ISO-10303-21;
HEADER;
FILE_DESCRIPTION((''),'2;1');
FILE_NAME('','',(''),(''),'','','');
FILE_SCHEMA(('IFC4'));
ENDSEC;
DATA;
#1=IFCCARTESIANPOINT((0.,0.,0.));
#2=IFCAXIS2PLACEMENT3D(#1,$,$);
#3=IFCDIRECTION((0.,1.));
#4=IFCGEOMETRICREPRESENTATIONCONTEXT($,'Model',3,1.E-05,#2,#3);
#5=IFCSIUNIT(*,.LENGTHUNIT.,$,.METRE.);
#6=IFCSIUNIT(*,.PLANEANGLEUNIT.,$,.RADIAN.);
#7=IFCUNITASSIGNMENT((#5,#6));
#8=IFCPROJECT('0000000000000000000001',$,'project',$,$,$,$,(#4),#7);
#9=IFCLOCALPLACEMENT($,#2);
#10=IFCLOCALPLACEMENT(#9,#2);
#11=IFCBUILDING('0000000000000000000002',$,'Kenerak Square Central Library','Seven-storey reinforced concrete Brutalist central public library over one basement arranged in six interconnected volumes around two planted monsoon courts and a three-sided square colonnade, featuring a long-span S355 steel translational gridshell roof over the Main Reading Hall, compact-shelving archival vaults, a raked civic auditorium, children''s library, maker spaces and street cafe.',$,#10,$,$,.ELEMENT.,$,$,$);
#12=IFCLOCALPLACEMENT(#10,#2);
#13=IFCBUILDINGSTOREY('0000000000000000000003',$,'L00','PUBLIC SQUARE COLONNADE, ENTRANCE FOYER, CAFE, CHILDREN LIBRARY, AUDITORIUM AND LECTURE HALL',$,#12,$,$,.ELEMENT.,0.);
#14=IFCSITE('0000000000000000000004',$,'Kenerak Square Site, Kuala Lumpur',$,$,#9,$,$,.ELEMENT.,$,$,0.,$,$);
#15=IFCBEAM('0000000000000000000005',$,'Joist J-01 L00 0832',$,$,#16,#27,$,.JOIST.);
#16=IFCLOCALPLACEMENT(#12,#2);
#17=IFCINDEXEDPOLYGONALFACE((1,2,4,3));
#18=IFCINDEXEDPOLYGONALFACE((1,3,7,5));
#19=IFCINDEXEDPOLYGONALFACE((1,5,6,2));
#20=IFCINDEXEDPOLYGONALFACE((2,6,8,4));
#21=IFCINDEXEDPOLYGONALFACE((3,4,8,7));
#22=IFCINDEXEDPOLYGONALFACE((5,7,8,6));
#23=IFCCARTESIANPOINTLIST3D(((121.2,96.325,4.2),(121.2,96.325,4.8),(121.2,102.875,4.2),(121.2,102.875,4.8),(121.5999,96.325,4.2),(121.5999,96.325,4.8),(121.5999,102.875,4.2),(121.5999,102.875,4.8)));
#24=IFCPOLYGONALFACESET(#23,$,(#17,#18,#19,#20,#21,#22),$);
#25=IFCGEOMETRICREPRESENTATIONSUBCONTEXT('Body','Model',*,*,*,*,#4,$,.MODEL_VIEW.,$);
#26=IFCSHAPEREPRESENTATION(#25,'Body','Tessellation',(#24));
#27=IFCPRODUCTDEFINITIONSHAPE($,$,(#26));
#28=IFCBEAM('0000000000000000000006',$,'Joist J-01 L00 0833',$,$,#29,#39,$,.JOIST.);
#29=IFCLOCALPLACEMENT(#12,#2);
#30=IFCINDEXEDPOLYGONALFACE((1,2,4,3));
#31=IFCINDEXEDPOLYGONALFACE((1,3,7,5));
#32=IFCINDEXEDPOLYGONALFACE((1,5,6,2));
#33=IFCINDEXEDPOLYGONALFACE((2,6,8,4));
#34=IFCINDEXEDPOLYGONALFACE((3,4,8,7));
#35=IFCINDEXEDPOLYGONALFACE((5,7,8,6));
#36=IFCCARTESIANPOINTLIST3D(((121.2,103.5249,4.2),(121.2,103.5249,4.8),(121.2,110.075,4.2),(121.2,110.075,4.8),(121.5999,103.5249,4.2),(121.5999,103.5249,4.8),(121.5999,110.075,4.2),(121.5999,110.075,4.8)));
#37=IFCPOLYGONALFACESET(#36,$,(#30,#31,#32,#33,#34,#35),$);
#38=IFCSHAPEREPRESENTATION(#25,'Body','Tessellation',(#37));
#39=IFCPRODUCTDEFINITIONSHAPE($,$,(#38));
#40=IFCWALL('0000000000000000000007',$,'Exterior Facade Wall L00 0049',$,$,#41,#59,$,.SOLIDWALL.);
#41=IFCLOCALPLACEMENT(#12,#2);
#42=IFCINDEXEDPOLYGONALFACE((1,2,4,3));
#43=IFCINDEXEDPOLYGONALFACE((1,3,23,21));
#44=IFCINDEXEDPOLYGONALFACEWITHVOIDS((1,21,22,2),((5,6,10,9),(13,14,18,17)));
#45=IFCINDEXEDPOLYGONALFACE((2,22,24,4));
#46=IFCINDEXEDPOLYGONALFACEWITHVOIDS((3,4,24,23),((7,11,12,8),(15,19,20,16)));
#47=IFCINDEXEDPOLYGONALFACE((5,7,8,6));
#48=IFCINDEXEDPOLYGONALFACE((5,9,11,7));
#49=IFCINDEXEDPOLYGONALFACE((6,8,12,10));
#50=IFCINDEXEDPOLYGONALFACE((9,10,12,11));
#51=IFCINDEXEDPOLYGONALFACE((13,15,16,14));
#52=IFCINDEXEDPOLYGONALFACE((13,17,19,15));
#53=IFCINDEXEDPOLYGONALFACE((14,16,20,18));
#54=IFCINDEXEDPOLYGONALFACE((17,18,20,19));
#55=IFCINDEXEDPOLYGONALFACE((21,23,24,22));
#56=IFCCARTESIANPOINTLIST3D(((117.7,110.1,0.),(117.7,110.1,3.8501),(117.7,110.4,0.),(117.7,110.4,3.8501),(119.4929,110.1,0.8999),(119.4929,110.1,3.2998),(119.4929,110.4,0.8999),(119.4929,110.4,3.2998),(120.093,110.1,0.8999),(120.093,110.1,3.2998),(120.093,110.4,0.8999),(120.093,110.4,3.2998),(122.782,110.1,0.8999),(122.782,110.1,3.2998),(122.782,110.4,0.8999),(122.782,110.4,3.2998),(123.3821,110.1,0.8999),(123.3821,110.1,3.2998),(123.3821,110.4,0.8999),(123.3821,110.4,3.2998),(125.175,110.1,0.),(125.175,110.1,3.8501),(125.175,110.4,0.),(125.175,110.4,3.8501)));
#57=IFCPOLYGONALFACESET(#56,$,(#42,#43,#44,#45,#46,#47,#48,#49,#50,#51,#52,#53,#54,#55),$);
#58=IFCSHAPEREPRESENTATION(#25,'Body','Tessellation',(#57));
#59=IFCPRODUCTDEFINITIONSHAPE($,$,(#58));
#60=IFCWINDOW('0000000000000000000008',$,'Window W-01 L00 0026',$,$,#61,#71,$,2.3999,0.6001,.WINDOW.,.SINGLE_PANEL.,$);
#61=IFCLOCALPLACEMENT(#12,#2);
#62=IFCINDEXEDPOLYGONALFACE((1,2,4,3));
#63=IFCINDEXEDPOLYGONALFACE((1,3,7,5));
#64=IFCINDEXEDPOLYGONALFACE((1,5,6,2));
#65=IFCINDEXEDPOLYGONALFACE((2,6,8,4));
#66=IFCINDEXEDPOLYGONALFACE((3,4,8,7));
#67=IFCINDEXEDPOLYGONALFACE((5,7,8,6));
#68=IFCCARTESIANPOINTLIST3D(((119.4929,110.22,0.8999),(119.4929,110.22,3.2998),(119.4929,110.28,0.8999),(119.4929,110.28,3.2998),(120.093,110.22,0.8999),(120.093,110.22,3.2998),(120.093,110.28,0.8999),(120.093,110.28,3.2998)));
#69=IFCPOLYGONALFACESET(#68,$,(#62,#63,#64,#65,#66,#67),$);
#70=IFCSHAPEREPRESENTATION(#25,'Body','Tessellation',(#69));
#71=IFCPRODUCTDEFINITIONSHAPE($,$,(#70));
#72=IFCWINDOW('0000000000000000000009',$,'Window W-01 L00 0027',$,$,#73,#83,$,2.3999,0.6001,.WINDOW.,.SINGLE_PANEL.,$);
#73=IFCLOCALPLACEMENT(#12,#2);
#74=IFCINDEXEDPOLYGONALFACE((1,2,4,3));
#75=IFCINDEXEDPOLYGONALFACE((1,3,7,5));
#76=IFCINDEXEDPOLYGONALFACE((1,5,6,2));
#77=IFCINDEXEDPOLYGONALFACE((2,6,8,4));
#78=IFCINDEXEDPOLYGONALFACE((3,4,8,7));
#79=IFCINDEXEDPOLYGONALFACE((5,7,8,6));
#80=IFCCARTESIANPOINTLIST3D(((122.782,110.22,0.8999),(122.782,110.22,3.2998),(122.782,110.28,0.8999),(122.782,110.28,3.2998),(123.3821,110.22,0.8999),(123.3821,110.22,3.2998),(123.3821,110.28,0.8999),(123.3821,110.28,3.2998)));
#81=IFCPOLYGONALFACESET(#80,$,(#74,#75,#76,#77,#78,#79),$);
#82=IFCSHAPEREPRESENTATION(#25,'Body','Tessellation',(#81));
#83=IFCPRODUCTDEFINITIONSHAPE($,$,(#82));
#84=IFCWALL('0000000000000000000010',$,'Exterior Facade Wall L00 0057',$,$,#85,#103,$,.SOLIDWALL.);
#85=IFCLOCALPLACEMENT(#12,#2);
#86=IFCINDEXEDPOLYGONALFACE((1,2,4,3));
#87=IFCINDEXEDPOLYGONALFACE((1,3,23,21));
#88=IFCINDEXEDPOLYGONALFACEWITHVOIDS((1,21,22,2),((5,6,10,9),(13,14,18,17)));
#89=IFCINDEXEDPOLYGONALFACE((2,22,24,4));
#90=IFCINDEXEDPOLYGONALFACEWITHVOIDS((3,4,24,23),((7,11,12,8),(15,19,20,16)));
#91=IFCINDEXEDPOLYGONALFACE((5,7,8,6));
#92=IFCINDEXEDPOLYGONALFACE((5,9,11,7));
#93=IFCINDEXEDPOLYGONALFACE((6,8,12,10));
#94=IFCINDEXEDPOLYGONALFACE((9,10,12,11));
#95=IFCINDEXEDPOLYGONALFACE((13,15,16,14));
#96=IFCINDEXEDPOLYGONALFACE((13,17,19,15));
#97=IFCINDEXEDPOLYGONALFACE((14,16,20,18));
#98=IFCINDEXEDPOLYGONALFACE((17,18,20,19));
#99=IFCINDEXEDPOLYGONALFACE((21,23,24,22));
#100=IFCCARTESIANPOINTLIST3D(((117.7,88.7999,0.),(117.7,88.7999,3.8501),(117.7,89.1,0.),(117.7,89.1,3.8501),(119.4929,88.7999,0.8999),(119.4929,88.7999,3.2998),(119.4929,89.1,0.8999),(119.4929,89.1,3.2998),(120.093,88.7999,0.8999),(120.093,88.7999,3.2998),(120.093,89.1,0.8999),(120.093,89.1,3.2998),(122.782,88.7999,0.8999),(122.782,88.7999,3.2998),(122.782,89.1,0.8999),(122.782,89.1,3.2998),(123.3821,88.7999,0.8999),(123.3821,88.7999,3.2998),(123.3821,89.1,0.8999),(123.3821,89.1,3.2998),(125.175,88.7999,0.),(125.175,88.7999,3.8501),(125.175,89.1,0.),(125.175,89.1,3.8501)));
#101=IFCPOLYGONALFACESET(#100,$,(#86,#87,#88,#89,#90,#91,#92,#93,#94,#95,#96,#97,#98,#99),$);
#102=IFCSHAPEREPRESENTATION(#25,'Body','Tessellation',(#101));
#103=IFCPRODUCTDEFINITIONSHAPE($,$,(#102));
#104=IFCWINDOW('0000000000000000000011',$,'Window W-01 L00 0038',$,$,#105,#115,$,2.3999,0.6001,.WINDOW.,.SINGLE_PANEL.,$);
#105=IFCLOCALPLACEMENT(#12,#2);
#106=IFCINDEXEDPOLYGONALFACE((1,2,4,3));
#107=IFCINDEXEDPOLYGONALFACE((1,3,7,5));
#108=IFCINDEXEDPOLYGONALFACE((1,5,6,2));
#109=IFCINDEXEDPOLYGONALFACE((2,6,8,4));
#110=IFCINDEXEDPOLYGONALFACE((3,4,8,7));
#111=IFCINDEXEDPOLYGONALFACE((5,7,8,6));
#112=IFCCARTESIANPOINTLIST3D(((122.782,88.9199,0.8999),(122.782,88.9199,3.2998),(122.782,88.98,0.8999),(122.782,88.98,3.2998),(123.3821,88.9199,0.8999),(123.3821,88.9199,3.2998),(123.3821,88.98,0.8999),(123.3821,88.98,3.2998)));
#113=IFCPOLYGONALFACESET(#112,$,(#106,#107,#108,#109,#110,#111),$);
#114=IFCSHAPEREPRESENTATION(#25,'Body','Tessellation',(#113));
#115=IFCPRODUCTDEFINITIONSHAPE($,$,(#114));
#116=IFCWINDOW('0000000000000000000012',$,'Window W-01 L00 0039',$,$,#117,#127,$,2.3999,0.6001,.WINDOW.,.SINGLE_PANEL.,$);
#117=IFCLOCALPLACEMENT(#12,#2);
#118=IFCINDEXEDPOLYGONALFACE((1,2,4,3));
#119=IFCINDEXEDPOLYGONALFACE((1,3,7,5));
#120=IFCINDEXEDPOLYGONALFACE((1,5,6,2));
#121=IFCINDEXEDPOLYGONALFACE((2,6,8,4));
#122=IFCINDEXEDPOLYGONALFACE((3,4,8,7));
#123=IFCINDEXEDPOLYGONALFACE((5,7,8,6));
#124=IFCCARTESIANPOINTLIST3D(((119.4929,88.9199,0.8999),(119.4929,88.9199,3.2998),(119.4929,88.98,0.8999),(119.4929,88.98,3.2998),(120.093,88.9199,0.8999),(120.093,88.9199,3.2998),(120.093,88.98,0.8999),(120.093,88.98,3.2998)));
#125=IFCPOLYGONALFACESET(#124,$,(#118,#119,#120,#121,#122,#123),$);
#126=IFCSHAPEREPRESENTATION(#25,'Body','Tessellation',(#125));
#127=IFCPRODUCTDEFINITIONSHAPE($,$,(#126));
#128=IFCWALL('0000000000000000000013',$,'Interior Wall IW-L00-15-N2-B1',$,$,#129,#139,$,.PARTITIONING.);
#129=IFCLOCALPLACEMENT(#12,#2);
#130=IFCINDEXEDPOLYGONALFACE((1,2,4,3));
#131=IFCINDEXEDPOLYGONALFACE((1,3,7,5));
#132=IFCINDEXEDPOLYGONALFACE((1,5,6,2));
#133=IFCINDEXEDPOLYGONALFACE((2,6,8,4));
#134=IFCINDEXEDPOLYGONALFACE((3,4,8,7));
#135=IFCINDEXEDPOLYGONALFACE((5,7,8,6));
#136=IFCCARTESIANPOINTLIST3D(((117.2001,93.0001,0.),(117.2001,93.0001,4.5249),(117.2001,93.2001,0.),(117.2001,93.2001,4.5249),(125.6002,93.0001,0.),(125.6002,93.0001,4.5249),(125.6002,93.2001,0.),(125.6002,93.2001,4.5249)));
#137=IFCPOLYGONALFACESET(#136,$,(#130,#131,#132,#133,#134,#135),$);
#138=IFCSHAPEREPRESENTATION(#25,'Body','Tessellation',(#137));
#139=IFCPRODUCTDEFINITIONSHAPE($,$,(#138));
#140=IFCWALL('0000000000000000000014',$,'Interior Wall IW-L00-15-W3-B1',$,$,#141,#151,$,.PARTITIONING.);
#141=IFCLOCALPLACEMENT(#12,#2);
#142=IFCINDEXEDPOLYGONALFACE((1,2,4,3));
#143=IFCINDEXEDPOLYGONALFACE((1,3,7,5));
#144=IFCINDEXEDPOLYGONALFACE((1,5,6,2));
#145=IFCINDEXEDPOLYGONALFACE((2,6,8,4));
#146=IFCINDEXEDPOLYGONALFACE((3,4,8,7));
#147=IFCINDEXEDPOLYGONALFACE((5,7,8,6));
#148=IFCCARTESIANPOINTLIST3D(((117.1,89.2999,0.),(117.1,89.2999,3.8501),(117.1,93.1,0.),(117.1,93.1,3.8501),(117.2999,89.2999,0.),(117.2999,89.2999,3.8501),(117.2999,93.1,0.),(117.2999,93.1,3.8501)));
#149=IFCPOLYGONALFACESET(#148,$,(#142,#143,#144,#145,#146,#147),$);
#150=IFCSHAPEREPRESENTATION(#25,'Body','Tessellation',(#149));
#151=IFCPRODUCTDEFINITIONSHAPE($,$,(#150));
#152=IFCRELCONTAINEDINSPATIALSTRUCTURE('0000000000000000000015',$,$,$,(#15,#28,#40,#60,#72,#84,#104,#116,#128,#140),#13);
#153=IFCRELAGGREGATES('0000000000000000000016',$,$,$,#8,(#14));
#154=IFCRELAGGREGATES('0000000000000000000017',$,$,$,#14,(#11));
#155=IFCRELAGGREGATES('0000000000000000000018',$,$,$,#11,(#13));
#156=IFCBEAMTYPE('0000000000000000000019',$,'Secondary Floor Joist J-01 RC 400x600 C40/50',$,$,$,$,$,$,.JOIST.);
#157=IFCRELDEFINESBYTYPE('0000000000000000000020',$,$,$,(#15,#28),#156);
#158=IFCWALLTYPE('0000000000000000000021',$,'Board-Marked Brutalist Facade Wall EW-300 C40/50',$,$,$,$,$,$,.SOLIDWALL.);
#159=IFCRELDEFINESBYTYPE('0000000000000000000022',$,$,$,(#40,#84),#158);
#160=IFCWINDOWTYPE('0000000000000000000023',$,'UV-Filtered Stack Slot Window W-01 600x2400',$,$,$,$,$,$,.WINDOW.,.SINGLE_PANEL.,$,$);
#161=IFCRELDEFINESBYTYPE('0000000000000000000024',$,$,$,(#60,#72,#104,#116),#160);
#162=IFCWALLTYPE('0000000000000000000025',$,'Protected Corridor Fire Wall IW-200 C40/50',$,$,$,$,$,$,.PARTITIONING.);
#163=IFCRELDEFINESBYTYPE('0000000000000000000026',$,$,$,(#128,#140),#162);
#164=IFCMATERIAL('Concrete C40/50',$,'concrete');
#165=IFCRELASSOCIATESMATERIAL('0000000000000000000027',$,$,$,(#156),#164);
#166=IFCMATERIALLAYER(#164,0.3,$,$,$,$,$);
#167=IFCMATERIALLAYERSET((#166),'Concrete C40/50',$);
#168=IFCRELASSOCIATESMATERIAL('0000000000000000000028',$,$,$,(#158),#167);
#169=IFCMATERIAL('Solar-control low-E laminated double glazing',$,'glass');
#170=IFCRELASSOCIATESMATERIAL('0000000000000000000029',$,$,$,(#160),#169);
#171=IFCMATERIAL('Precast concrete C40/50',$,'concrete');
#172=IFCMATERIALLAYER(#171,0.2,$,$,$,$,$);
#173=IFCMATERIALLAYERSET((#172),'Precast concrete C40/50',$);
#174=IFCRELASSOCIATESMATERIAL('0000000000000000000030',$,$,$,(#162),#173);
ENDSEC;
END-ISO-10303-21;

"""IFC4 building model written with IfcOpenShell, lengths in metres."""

from ifc_helpers import new_model, si_unit, direction, frame, frame_2d, origin, origin_2d, place, context, subcontext, project, spatial, rectangle, extrude, material, layer, layer_set, material_profile, profile_set, type_object, element, fill, save


model = new_model("IFC4")

# Units and contexts
model_context = context("Model", 3, precision=1e-05, world=origin(), true_north=direction((0.0, 1.0)))
body_context = subcontext(model_context, "Body", "Model", "MODEL_VIEW")
ifc_project = project(units=[si_unit("LENGTHUNIT", "METRE"), si_unit("PLANEANGLEUNIT", "RADIAN")], contexts=[model_context])

# Site, building, storey
site_placement = place(None, origin())
site = spatial("IfcSite", under=ifc_project, at=site_placement, Name="Kenerak Square Site, Kuala Lumpur", CompositionType="ELEMENT", RefElevation=0.0)
building_placement = place(site_placement, origin())
building = spatial("IfcBuilding", under=site, at=building_placement, Name="Kenerak Square Central Library", Description="Seven-storey reinforced concrete Brutalist central public library over one basement arranged in six interconnected volumes around two planted monsoon courts and a three-sided square colonnade, featuring a long-span S355 steel translational gridshell roof over the Main Reading Hall, compact-shelving archival vaults, a raked civic auditorium, children's library, maker spaces and street cafe.", CompositionType="ELEMENT")
storey_placement = place(building_placement, origin())
storey = spatial("IfcBuildingStorey", under=building, at=storey_placement, Name="L00", Description="PUBLIC SQUARE COLONNADE, ENTRANCE FOYER, CAFE, CHILDREN LIBRARY, AUDITORIUM AND LECTURE HALL", CompositionType="ELEMENT", Elevation=0.0)

# Beams
ifc_material_1 = material(Name="Concrete C40/50", Category="concrete")
ifc_material_profile_1 = material_profile(ifc_material_1, rectangle(XDim=0.3999, YDim=0.6001, at=origin_2d()), Name="RC 400x600")
ifc_profile_set_1 = profile_set([ifc_material_profile_1], Name="Concrete C40/50")
beam_type_1 = type_object("IfcBeamType", Name="Secondary Floor Joist J-01 RC 400x600 C40/50", PredefinedType="JOIST", material=ifc_profile_set_1)
for number, where, z_axis, x_axis, name in (
    (1, (121.3999, 96.325, 4.5), (0.0, 1.0, 0.0), (-1.0, 0.0, 0.0), "Joist J-01 L00 0832"),
    (2, (121.3999, 103.5249, 4.5), (0.0, 1.0, 0.0), (-1.0, 0.0, 0.0), "Joist J-01 L00 0833"),
):
    element("IfcBeam", number, at=place(storey_placement, frame(where, z_axis=z_axis, x_axis=x_axis)), inside=storey, type_object=beam_type_1, Name=name, PredefinedType="JOIST", context=body_context, shape_type="SweptSolid", body=[
        extrude(rectangle(XDim=0.3999, YDim=0.6001, at=origin_2d()), origin(), (0.0, 0.0, 1.0), 6.55),
    ])

# Walls, openings, windows
ifc_layer_1 = layer(ifc_material_1, 0.3)
ifc_layer_set_1 = layer_set([ifc_layer_1], Name="Concrete C40/50")
wall_type_1 = type_object("IfcWallType", Name="Board-Marked Brutalist Facade Wall EW-300 C40/50", PredefinedType="SOLIDWALL", material=ifc_layer_set_1)
wall_1_placement = place(storey_placement, frame((117.7, 110.25, 0.0), z_axis=(0.0, 0.0, 1.0), x_axis=(1.0, 0.0, 0.0)))
wall_1 = element("IfcWall", 3, at=wall_1_placement, inside=storey, type_object=wall_type_1, Name="Exterior Facade Wall L00 0049", PredefinedType="SOLIDWALL", context=body_context, shape_type="SweptSolid", body=[
    extrude(rectangle(XDim=7.4751, YDim=0.3, at=frame_2d((3.7375, 0.0))), origin(), (0.0, 0.0, 1.0), 3.8501),
])
opening_1_placement = place(wall_1_placement, frame((1.793, 0.0, 0.8999)))
opening_1 = element("IfcOpeningElement", 4, at=opening_1_placement, cuts=wall_1, PredefinedType="OPENING", context=body_context, shape_type="SweptSolid", body=[
    extrude(rectangle(XDim=0.6001, YDim=2.3999, at=frame_2d((0.3, 1.2))), frame((0.0, 0.1599, 0.0), z_axis=(0.0, -1.0, 0.0), x_axis=(1.0, 0.0, 0.0)), (0.0, 0.0, 1.0), 0.3201),
])
opening_2_placement = place(wall_1_placement, frame((5.082, 0.0, 0.8999)))
opening_2 = element("IfcOpeningElement", 5, at=opening_2_placement, cuts=wall_1, PredefinedType="OPENING", context=body_context, shape_type="SweptSolid", body=[
    extrude(rectangle(XDim=0.6001, YDim=2.3999, at=frame_2d((0.3, 1.2))), frame((0.0, 0.1599, 0.0), z_axis=(0.0, -1.0, 0.0), x_axis=(1.0, 0.0, 0.0)), (0.0, 0.0, 1.0), 0.3201),
])
ifc_material_2 = material(Name="Solar-control low-E laminated double glazing", Category="glass")
window_type = type_object("IfcWindowType", Name="UV-Filtered Stack Slot Window W-01 600x2400", PartitioningType="SINGLE_PANEL", PredefinedType="WINDOW", material=ifc_material_2)
window_1_placement = place(opening_1_placement, origin())
window_1 = element("IfcWindow", 6, at=window_1_placement, inside=storey, type_object=window_type, Name="Window W-01 L00 0026", OverallHeight=2.3999, OverallWidth=0.6001, PartitioningType="SINGLE_PANEL", PredefinedType="WINDOW", context=body_context, shape_type="SweptSolid", body=[
    extrude(rectangle(XDim=0.6001, YDim=2.3999, at=frame_2d((0.3, 1.2))), frame((0.0, 0.03, 0.0), z_axis=(0.0, -1.0, 0.0), x_axis=(1.0, 0.0, 0.0)), (0.0, 0.0, 1.0), 0.0601),
])
fill(opening_1, window_1)
window_2_placement = place(opening_2_placement, origin())
window_2 = element("IfcWindow", 7, at=window_2_placement, inside=storey, type_object=window_type, Name="Window W-01 L00 0027", OverallHeight=2.3999, OverallWidth=0.6001, PartitioningType="SINGLE_PANEL", PredefinedType="WINDOW", context=body_context, shape_type="SweptSolid", body=[
    extrude(rectangle(XDim=0.6001, YDim=2.3999, at=frame_2d((0.3, 1.2))), frame((0.0, 0.03, 0.0), z_axis=(0.0, -1.0, 0.0), x_axis=(1.0, 0.0, 0.0)), (0.0, 0.0, 1.0), 0.0601),
])
fill(opening_2, window_2)
wall_2_placement = place(storey_placement, frame((125.175, 88.95, 0.0), z_axis=(0.0, 0.0, 1.0), x_axis=(-1.0, 0.0, 0.0)))
wall_2 = element("IfcWall", 8, at=wall_2_placement, inside=storey, type_object=wall_type_1, Name="Exterior Facade Wall L00 0057", PredefinedType="SOLIDWALL", context=body_context, shape_type="SweptSolid", body=[
    extrude(rectangle(XDim=7.4751, YDim=0.3, at=frame_2d((3.7375, 0.0))), origin(), (0.0, 0.0, 1.0), 3.8501),
])
opening_3_placement = place(wall_2_placement, frame((1.793, 0.0, 0.8999)))
opening_3 = element("IfcOpeningElement", 9, at=opening_3_placement, cuts=wall_2, PredefinedType="OPENING", context=body_context, shape_type="SweptSolid", body=[
    extrude(rectangle(XDim=0.6001, YDim=2.3999, at=frame_2d((0.3, 1.2))), frame((0.0, 0.1599, 0.0), z_axis=(0.0, -1.0, 0.0), x_axis=(1.0, 0.0, 0.0)), (0.0, 0.0, 1.0), 0.3201),
])
opening_4_placement = place(wall_2_placement, frame((5.082, 0.0, 0.8999)))
opening_4 = element("IfcOpeningElement", 10, at=opening_4_placement, cuts=wall_2, PredefinedType="OPENING", context=body_context, shape_type="SweptSolid", body=[
    extrude(rectangle(XDim=0.6001, YDim=2.3999, at=frame_2d((0.3, 1.2))), frame((0.0, 0.1599, 0.0), z_axis=(0.0, -1.0, 0.0), x_axis=(1.0, 0.0, 0.0)), (0.0, 0.0, 1.0), 0.3201),
])
window_3_placement = place(opening_3_placement, origin())
window_3 = element("IfcWindow", 11, at=window_3_placement, inside=storey, type_object=window_type, Name="Window W-01 L00 0038", OverallHeight=2.3999, OverallWidth=0.6001, PartitioningType="SINGLE_PANEL", PredefinedType="WINDOW", context=body_context, shape_type="SweptSolid", body=[
    extrude(rectangle(XDim=0.6001, YDim=2.3999, at=frame_2d((0.3, 1.2))), frame((0.0, 0.03, 0.0), z_axis=(0.0, -1.0, 0.0), x_axis=(1.0, 0.0, 0.0)), (0.0, 0.0, 1.0), 0.0601),
])
fill(opening_3, window_3)
window_4_placement = place(opening_4_placement, origin())
window_4 = element("IfcWindow", 12, at=window_4_placement, inside=storey, type_object=window_type, Name="Window W-01 L00 0039", OverallHeight=2.3999, OverallWidth=0.6001, PartitioningType="SINGLE_PANEL", PredefinedType="WINDOW", context=body_context, shape_type="SweptSolid", body=[
    extrude(rectangle(XDim=0.6001, YDim=2.3999, at=frame_2d((0.3, 1.2))), frame((0.0, 0.03, 0.0), z_axis=(0.0, -1.0, 0.0), x_axis=(1.0, 0.0, 0.0)), (0.0, 0.0, 1.0), 0.0601),
])
fill(opening_4, window_4)

# Walls
ifc_material_3 = material(Name="Precast concrete C40/50", Category="concrete")
ifc_layer_2 = layer(ifc_material_3, 0.2)
ifc_layer_set_2 = layer_set([ifc_layer_2], Name="Precast concrete C40/50")
wall_type_2 = type_object("IfcWallType", Name="Protected Corridor Fire Wall IW-200 C40/50", PredefinedType="PARTITIONING", material=ifc_layer_set_2)
wall_3_placement = place(storey_placement, frame((117.2, 93.1001, 0.0), z_axis=(0.0, 0.0, 1.0), x_axis=(1.0, 0.0, 0.0)))
element("IfcWall", 13, at=wall_3_placement, inside=storey, type_object=wall_type_2, Name="Interior Wall IW-L00-15-N2-B1", PredefinedType="PARTITIONING", context=body_context, shape_type="SweptSolid", body=[
    extrude(rectangle(XDim=8.4001, YDim=0.2, at=frame_2d((4.2002, 0.0))), origin(), (0.0, 0.0, 1.0), 4.5249),
])
wall_4_placement = place(storey_placement, frame((117.2, 89.3, 0.0), z_axis=(0.0, 0.0, 1.0), x_axis=(0.0, 1.0, 0.0)))
element("IfcWall", 14, at=wall_4_placement, inside=storey, type_object=wall_type_2, Name="Interior Wall IW-L00-15-W3-B1", PredefinedType="PARTITIONING", context=body_context, shape_type="SweptSolid", body=[
    extrude(rectangle(XDim=3.8, YDim=0.2, at=frame_2d((1.8999, 0.0))), origin(), (0.0, 0.0, 1.0), 3.8501),
])

save(model, "model.ifc")
